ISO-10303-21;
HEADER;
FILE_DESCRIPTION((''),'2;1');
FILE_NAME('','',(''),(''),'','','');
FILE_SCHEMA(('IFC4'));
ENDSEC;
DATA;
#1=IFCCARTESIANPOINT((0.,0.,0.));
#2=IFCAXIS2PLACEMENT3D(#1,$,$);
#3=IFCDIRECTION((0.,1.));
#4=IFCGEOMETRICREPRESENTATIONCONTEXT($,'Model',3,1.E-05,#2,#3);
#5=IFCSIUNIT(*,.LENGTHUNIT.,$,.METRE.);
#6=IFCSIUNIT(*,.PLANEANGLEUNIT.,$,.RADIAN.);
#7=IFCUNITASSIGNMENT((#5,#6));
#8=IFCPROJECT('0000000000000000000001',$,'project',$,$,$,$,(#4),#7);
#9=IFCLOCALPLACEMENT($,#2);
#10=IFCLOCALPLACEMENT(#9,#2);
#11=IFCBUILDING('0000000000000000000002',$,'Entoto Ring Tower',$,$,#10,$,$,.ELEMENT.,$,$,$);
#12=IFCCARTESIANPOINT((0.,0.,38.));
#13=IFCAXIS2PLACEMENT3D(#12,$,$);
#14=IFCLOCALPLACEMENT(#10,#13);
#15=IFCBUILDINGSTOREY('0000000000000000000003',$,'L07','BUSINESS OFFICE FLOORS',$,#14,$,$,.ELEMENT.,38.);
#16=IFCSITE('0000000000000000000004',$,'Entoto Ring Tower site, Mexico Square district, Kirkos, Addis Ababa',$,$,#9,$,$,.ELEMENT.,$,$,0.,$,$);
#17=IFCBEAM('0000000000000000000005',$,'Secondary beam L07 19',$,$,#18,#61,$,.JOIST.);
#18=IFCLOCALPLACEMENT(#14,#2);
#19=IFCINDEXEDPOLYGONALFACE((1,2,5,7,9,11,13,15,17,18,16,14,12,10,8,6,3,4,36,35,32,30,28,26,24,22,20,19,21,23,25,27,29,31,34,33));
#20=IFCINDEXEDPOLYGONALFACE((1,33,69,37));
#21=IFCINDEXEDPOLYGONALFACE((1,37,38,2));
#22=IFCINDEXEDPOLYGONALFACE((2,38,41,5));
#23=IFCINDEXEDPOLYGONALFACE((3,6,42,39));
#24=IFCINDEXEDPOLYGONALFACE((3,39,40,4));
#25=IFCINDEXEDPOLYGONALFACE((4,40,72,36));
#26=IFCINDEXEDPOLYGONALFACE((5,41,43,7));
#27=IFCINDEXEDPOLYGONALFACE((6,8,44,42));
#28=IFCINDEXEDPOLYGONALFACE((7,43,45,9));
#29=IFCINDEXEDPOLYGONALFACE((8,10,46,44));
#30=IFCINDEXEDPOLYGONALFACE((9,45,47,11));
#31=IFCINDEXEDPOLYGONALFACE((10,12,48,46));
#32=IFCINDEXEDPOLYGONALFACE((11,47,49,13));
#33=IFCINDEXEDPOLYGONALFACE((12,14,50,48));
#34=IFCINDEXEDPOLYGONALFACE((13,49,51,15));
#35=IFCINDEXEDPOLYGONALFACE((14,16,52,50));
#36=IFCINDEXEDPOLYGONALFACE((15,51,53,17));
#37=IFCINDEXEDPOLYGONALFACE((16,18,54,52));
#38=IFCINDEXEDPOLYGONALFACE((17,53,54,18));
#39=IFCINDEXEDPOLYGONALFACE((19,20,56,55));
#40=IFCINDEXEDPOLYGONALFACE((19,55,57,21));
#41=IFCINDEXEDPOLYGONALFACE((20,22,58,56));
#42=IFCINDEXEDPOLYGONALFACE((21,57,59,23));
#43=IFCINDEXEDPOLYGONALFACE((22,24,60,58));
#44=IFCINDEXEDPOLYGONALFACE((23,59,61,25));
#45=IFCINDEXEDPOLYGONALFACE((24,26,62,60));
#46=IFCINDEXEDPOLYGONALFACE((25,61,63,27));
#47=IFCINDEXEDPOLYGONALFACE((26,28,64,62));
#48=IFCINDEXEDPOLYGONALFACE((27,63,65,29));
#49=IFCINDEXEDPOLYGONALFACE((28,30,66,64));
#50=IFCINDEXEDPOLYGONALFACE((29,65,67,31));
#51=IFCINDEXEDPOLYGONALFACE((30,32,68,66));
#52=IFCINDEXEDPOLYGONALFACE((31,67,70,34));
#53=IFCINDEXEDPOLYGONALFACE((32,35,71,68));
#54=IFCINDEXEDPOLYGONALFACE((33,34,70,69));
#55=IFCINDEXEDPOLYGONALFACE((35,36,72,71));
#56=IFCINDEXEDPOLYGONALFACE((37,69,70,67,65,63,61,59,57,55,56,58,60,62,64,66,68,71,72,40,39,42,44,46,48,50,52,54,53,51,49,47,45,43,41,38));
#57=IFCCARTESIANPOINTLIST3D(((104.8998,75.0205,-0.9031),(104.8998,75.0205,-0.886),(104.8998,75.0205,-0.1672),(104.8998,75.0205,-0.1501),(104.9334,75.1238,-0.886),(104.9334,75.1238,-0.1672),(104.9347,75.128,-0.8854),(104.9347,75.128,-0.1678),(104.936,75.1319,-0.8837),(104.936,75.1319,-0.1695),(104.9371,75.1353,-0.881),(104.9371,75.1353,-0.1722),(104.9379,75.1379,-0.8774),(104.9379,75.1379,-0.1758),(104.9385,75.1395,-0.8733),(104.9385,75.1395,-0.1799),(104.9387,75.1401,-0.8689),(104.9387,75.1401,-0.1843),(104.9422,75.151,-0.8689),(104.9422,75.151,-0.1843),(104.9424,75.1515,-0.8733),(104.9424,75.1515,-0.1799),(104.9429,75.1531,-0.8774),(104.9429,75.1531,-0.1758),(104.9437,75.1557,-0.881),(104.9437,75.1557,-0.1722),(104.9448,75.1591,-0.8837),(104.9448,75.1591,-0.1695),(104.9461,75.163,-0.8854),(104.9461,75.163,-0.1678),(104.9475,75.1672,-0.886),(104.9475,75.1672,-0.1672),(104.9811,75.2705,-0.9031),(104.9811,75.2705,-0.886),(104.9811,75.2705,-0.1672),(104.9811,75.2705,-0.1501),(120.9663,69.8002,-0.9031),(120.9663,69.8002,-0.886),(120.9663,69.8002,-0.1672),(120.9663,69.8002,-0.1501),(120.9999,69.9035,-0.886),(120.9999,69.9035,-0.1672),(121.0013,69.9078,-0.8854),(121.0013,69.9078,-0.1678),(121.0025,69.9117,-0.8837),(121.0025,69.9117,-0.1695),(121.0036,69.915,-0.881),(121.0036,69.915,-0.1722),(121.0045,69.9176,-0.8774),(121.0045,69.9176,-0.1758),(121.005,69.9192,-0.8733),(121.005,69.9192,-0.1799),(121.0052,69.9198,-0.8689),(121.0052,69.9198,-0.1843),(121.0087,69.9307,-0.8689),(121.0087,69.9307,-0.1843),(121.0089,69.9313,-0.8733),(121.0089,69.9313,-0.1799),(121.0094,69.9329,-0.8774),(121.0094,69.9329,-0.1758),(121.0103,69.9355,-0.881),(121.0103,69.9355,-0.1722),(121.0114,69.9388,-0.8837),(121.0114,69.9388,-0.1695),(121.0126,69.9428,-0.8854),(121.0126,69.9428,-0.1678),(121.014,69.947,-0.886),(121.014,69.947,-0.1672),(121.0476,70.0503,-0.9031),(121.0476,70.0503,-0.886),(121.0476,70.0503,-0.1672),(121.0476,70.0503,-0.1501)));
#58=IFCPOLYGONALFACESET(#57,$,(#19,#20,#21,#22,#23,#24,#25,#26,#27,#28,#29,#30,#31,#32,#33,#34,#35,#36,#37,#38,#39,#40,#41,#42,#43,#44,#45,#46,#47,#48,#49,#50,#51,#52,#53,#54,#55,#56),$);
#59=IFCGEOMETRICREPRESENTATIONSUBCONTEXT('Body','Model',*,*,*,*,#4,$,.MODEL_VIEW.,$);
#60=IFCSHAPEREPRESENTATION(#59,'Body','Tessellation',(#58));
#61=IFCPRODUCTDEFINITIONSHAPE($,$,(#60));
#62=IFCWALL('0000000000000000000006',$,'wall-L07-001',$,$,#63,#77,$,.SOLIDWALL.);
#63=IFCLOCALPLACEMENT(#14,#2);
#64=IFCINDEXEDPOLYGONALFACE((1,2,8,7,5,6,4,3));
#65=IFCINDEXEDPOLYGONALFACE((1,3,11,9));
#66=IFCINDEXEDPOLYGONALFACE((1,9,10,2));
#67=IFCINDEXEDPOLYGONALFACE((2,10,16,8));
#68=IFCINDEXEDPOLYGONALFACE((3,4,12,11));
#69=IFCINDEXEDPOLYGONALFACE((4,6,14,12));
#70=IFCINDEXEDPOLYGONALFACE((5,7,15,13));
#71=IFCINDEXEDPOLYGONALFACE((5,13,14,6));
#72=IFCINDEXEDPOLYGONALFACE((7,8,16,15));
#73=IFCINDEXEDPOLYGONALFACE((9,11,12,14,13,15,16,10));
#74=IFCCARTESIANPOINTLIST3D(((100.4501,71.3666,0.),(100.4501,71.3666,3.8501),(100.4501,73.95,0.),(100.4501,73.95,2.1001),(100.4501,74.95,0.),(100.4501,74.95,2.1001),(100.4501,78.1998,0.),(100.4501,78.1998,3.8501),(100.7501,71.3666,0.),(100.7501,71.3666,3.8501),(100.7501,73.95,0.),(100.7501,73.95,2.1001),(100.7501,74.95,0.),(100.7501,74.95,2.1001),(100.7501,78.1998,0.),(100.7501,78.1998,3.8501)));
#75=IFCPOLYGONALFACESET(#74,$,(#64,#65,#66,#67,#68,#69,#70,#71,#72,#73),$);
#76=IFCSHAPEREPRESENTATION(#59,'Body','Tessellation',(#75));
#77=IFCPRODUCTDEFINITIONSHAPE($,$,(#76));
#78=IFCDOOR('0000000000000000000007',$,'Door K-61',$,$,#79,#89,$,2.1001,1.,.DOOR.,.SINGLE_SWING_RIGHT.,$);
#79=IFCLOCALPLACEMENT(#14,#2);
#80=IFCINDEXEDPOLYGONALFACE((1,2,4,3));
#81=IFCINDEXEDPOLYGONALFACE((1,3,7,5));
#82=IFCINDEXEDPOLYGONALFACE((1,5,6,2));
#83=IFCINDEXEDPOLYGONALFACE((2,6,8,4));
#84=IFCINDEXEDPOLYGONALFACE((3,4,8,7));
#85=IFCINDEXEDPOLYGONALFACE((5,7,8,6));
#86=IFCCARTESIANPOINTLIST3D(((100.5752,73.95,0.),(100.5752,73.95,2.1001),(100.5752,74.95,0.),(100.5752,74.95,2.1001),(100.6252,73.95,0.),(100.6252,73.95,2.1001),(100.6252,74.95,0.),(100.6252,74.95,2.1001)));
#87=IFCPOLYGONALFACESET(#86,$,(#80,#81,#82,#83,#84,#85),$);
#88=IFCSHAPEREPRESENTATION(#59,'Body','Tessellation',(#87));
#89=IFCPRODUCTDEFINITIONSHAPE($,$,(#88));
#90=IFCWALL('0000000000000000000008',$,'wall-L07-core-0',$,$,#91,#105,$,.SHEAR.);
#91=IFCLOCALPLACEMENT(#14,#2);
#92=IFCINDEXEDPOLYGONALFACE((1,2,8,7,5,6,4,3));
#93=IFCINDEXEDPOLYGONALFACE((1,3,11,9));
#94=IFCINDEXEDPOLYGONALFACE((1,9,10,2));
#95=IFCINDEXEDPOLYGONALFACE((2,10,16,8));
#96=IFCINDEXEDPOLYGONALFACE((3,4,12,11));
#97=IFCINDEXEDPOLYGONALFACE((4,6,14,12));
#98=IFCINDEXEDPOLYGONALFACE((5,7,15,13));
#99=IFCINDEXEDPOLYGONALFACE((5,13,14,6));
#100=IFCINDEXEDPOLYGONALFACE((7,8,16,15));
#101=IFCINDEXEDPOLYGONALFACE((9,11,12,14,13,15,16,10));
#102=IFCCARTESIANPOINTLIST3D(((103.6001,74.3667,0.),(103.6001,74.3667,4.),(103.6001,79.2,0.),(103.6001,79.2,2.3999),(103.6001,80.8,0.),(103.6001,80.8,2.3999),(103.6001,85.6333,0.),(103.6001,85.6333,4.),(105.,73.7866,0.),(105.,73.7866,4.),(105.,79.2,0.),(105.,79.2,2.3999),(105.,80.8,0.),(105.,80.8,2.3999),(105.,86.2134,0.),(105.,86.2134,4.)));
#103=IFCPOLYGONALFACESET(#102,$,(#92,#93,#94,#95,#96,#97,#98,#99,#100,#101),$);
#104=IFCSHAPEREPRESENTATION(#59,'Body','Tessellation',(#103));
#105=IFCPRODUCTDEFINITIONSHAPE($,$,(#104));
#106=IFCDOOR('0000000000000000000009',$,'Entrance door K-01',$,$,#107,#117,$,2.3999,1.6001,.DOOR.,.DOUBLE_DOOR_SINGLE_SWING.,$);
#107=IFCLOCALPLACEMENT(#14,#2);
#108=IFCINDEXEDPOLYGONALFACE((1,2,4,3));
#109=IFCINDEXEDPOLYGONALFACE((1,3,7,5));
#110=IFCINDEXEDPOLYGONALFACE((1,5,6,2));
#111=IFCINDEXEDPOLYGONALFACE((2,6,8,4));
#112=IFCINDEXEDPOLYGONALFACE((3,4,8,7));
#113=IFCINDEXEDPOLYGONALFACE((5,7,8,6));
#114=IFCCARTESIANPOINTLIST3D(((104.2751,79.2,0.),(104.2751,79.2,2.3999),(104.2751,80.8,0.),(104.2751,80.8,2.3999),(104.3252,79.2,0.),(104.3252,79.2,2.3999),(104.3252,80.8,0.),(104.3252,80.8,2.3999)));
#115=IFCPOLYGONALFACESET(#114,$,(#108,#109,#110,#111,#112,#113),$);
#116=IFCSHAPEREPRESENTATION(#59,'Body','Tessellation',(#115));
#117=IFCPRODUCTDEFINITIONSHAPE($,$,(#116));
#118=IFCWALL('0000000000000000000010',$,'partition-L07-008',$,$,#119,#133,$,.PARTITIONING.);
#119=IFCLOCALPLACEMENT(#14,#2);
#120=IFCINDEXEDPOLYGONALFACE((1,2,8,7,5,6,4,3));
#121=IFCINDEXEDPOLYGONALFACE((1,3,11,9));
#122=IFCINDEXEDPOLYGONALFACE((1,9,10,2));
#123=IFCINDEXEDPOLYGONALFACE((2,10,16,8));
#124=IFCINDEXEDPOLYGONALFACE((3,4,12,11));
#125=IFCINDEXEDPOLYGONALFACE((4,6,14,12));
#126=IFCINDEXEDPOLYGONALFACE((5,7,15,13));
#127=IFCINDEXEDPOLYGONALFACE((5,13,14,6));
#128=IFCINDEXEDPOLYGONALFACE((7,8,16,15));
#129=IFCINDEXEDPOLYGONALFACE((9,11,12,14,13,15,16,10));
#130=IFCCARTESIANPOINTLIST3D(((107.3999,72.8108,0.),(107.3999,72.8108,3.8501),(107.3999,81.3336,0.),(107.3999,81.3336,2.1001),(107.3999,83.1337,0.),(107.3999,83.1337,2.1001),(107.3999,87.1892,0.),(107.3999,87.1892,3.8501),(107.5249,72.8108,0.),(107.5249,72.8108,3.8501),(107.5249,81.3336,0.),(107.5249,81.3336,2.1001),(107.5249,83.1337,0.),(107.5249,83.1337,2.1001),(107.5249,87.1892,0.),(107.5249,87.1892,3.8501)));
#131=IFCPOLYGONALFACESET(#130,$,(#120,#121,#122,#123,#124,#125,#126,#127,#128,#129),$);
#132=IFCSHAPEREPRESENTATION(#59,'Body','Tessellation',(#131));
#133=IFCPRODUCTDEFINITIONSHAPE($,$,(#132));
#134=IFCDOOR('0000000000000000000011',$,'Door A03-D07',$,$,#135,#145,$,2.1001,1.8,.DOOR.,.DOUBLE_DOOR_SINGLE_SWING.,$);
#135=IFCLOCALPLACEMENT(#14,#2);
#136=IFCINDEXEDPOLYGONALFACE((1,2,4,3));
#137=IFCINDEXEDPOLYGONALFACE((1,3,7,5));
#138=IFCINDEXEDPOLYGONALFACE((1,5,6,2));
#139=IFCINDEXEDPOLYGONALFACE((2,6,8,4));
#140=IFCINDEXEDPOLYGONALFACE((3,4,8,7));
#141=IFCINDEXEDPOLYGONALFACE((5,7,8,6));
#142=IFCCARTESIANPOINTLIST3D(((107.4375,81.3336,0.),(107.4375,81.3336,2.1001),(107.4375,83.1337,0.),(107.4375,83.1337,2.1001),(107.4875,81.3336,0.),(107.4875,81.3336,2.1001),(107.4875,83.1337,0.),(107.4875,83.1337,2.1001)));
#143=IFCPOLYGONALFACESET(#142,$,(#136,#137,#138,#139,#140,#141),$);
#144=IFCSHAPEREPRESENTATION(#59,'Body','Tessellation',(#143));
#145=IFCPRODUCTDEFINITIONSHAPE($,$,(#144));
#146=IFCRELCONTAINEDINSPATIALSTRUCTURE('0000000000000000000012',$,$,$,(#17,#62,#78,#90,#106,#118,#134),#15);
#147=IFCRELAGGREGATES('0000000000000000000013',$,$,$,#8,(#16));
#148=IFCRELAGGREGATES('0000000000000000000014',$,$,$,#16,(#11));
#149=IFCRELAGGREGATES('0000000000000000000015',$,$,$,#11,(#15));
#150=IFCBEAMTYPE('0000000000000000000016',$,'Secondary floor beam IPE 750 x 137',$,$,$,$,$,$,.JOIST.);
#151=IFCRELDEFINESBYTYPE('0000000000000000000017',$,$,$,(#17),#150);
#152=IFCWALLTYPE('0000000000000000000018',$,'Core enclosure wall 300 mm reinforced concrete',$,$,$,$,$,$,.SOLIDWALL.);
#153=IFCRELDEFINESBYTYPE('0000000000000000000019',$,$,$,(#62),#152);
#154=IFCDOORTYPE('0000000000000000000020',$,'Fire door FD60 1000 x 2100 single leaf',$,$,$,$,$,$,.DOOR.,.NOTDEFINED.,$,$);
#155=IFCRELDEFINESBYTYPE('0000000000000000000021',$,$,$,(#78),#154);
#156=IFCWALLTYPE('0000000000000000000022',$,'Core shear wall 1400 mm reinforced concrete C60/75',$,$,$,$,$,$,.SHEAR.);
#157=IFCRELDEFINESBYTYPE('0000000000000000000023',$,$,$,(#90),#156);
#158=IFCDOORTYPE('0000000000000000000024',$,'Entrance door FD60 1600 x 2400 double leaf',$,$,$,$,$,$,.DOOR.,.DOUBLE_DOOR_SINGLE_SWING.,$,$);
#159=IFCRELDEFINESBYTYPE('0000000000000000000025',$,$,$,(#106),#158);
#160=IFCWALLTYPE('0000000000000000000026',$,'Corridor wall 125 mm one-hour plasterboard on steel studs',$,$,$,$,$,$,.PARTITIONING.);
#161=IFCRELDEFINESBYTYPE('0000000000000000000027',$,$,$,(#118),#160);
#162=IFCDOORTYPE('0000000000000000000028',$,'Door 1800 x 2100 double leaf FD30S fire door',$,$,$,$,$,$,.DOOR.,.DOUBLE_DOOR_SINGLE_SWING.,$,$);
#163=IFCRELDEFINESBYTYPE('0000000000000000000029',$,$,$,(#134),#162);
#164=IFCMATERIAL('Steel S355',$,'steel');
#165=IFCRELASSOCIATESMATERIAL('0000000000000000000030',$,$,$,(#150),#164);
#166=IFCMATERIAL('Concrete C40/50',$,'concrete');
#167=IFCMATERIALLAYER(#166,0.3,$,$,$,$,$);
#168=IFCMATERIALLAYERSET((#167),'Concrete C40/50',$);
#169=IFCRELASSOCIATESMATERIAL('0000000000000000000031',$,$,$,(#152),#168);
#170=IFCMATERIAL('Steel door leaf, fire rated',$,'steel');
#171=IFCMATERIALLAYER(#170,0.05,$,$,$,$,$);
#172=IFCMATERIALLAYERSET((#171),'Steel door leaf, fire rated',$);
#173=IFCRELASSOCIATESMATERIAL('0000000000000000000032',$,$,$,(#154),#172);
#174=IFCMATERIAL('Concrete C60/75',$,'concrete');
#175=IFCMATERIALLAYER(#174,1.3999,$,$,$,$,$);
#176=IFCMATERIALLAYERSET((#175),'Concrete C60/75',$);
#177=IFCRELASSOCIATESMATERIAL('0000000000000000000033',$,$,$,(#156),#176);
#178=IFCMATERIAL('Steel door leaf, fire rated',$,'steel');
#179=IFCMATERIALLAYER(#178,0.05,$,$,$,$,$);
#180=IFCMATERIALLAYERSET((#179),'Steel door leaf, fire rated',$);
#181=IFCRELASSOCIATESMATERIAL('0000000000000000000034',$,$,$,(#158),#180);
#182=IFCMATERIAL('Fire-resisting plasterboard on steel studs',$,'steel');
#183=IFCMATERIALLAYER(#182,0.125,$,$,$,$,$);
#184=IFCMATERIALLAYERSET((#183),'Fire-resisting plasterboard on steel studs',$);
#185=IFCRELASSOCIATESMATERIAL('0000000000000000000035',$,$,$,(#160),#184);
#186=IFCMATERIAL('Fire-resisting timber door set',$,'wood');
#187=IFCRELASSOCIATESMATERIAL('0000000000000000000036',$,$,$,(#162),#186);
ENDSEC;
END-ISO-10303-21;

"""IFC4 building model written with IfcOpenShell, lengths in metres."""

from ifc_helpers import new_model, si_unit, direction, frame, frame_2d, origin, origin_2d, place, context, subcontext, project, spatial, polyline, rectangle, i_section, outline, extrude, material, layer, layer_set, material_profile, profile_set, type_object, element, fill, save


model = new_model("IFC4")

# Units and contexts
model_context = context("Model", 3, precision=1e-05, world=origin(), true_north=direction((0.0, 1.0)))
body_context = subcontext(model_context, "Body", "Model", "MODEL_VIEW")
ifc_project = project(units=[si_unit("LENGTHUNIT", "METRE"), si_unit("PLANEANGLEUNIT", "RADIAN")], contexts=[model_context])

# Site, building, storey
site_placement = place(None, origin())
site = spatial("IfcSite", under=ifc_project, at=site_placement, Name="Entoto Ring Tower site, Mexico Square district, Kirkos, Addis Ababa", CompositionType="ELEMENT", RefElevation=0.0)
building_placement = place(site_placement, origin())
building = spatial("IfcBuilding", under=site, at=building_placement, Name="Entoto Ring Tower", CompositionType="ELEMENT")
storey_placement = place(building_placement, frame((0.0, 0.0, 38.0)))
storey = spatial("IfcBuildingStorey", under=building, at=storey_placement, Name="L07", Description="BUSINESS OFFICE FLOORS", CompositionType="ELEMENT", Elevation=38.0)

# Beam
ifc_material_1 = material(Name="Steel S355", Category="steel")
ifc_material_profile_1 = material_profile(ifc_material_1, i_section(OverallWidth=0.2629, OverallDepth=0.7529, WebThickness=0.0115, FlangeThickness=0.0171, FilletRadius=0.0171, at=origin_2d()), Name="IPE 750 x 137")
ifc_profile_set_1 = profile_set([ifc_material_profile_1], Name="Steel S355")
beam_type_1 = type_object("IfcBeamType", Name="Secondary floor beam IPE 750 x 137", PredefinedType="JOIST", material=ifc_profile_set_1)
beam_1_placement = place(storey_placement, frame((104.9404, 75.1455, -0.5266), z_axis=(0.951058, -0.309013, 0.0), x_axis=(0.309013, 0.951058, 0.0)))
element("IfcBeam", 1, at=beam_1_placement, inside=storey, type_object=beam_type_1, Name="Secondary beam L07 19", PredefinedType="JOIST", context=body_context, shape_type="SweptSolid", body=[
    extrude(i_section(OverallWidth=0.2629, OverallDepth=0.7529, WebThickness=0.0115, FlangeThickness=0.0171, FilletRadius=0.0171, at=origin_2d()), origin(), (0.0, 0.0, 1.0), 16.8933),
])

# Walls, openings, doors
ifc_material_2 = material(Name="Concrete C40/50", Category="concrete")
ifc_layer_1 = layer(ifc_material_2, 0.3)
ifc_layer_set_1 = layer_set([ifc_layer_1], Name="Concrete C40/50")
wall_type_1 = type_object("IfcWallType", Name="Core enclosure wall 300 mm reinforced concrete", PredefinedType="SOLIDWALL", material=ifc_layer_set_1)
wall_1_placement = place(storey_placement, frame((100.6001, 71.3667, 0.0), z_axis=(0.0, 0.0, 1.0), x_axis=(0.0, 1.0, 0.0)))
wall_1 = element("IfcWall", 2, at=wall_1_placement, inside=storey, type_object=wall_type_1, Name="wall-L07-001", PredefinedType="SOLIDWALL", context=body_context, shape_type="SweptSolid", body=[
    extrude(rectangle(XDim=6.8333, YDim=0.3, at=frame_2d((3.4165, 0.0))), origin(), (0.0, 0.0, 1.0), 3.8501),
])
opening_1_placement = place(wall_1_placement, frame((2.5833, 0.0, 0.0)))
opening_1 = element("IfcOpeningElement", 3, at=opening_1_placement, cuts=wall_1, PredefinedType="OPENING", context=body_context, shape_type="SweptSolid", body=[
    extrude(rectangle(XDim=1.0, YDim=2.1001, at=frame_2d((0.5, 1.05))), frame((0.0, 0.1602, 0.0), z_axis=(0.0, -1.0, 0.0), x_axis=(1.0, 0.0, 0.0)), (0.0, 0.0, 1.0), 0.3201),
])
ifc_material_3 = material(Name="Steel door leaf, fire rated", Category="steel")
ifc_layer_2 = layer(ifc_material_3, 0.05)
ifc_layer_set_2 = layer_set([ifc_layer_2], Name="Steel door leaf, fire rated")
door_type_1 = type_object("IfcDoorType", Name="Fire door FD60 1000 x 2100 single leaf", OperationType="NOTDEFINED", PredefinedType="DOOR", material=ifc_layer_set_2)
door_1_placement = place(opening_1_placement, origin())
door_1 = element("IfcDoor", 4, at=door_1_placement, inside=storey, type_object=door_type_1, Name="Door K-61", OperationType="SINGLE_SWING_RIGHT", OverallHeight=2.1001, OverallWidth=1.0, PredefinedType="DOOR", context=body_context, shape_type="SweptSolid", body=[
    extrude(rectangle(XDim=1.0, YDim=2.1001, at=frame_2d((0.5, 1.05))), frame((0.0, 0.0249, 0.0), z_axis=(0.0, -1.0, 0.0), x_axis=(1.0, 0.0, 0.0)), (0.0, 0.0, 1.0), 0.05),
])
fill(opening_1, door_1)
ifc_material_4 = material(Name="Concrete C60/75", Category="concrete")
ifc_layer_3 = layer(ifc_material_4, 1.3999)
ifc_layer_set_3 = layer_set([ifc_layer_3], Name="Concrete C60/75")
wall_type_2 = type_object("IfcWallType", Name="Core shear wall 1400 mm reinforced concrete C60/75", PredefinedType="SHEAR", material=ifc_layer_set_3)
wall_2_placement = place(storey_placement, frame((104.3, 74.0767, 0.0), z_axis=(0.0, 0.0, 1.0), x_axis=(0.0, 1.0, 0.0)))
wall_2 = element("IfcWall", 5, at=wall_2_placement, inside=storey, type_object=wall_type_2, Name="wall-L07-core-0", PredefinedType="SHEAR", context=body_context, shape_type="SweptSolid", body=[
    extrude(outline(polyline([(-0.29, -0.7), (12.1367, -0.7), (11.5566, 0.7), (0.29, 0.7), (-0.29, -0.7)])), origin(), (0.0, 0.0, 1.0), 4.0),
])
opening_2_placement = place(wall_2_placement, frame((5.1233, 0.0, 0.0)))
opening_2 = element("IfcOpeningElement", 6, at=opening_2_placement, cuts=wall_2, PredefinedType="OPENING", context=body_context, shape_type="SweptSolid", body=[
    extrude(rectangle(XDim=1.6001, YDim=2.3999, at=frame_2d((0.8, 1.2))), frame((0.0, 0.71, 0.0), z_axis=(0.0, -1.0, 0.0), x_axis=(1.0, 0.0, 0.0)), (0.0, 0.0, 1.0), 1.4199),
])
ifc_material_5 = material(Name="Steel door leaf, fire rated", Category="steel")
ifc_layer_4 = layer(ifc_material_5, 0.05)
ifc_layer_set_4 = layer_set([ifc_layer_4], Name="Steel door leaf, fire rated")
door_type_2 = type_object("IfcDoorType", Name="Entrance door FD60 1600 x 2400 double leaf", OperationType="DOUBLE_DOOR_SINGLE_SWING", PredefinedType="DOOR", material=ifc_layer_set_4)
door_2_placement = place(opening_2_placement, origin())
door_2 = element("IfcDoor", 7, at=door_2_placement, inside=storey, type_object=door_type_2, Name="Entrance door K-01", OperationType="DOUBLE_DOOR_SINGLE_SWING", OverallHeight=2.3999, OverallWidth=1.6001, PredefinedType="DOOR", context=body_context, shape_type="SweptSolid", body=[
    extrude(rectangle(XDim=1.6001, YDim=2.3999, at=frame_2d((0.8, 1.2))), frame((0.0, 0.0249, 0.0), z_axis=(0.0, -1.0, 0.0), x_axis=(1.0, 0.0, 0.0)), (0.0, 0.0, 1.0), 0.05),
])
fill(opening_2, door_2)
ifc_material_6 = material(Name="Fire-resisting plasterboard on steel studs", Category="steel")
ifc_layer_5 = layer(ifc_material_6, 0.125)
ifc_layer_set_5 = layer_set([ifc_layer_5], Name="Fire-resisting plasterboard on steel studs")
wall_type_3 = type_object("IfcWallType", Name="Corridor wall 125 mm one-hour plasterboard on steel studs", PredefinedType="PARTITIONING", material=ifc_layer_set_5)
wall_3_placement = place(storey_placement, frame((107.4624, 72.8108, 0.0), z_axis=(0.0, 0.0, 1.0), x_axis=(0.0, 1.0, 0.0)))
wall_3 = element("IfcWall", 8, at=wall_3_placement, inside=storey, type_object=wall_type_3, Name="partition-L07-008", PredefinedType="PARTITIONING", context=body_context, shape_type="SweptSolid", body=[
    extrude(rectangle(XDim=14.3784, YDim=0.125, at=frame_2d((7.1892, 0.0))), origin(), (0.0, 0.0, 1.0), 3.8501),
])
opening_3_placement = place(wall_3_placement, frame((8.5229, 0.0, 0.0)))
opening_3 = element("IfcOpeningElement", 9, at=opening_3_placement, cuts=wall_3, PredefinedType="OPENING", context=body_context, shape_type="SweptSolid", body=[
    extrude(rectangle(XDim=1.8, YDim=2.1001, at=frame_2d((0.8999, 1.05))), frame((0.0, 0.0725, 0.0), z_axis=(0.0, -1.0, 0.0), x_axis=(1.0, 0.0, 0.0)), (0.0, 0.0, 1.0), 0.145),
])
ifc_material_7 = material(Name="Fire-resisting timber door set", Category="wood")
door_type_3 = type_object("IfcDoorType", Name="Door 1800 x 2100 double leaf FD30S fire door", OperationType="DOUBLE_DOOR_SINGLE_SWING", PredefinedType="DOOR", material=ifc_material_7)
door_3_placement = place(opening_3_placement, origin())
door_3 = element("IfcDoor", 10, at=door_3_placement, inside=storey, type_object=door_type_3, Name="Door A03-D07", OperationType="DOUBLE_DOOR_SINGLE_SWING", OverallHeight=2.1001, OverallWidth=1.8, PredefinedType="DOOR", context=body_context, shape_type="SweptSolid", body=[
    extrude(rectangle(XDim=1.8, YDim=2.1001, at=frame_2d((0.8999, 1.05))), frame((0.0, 0.0249, 0.0), z_axis=(0.0, -1.0, 0.0), x_axis=(1.0, 0.0, 0.0)), (0.0, 0.0, 1.0), 0.05),
])
fill(opening_3, door_3)

save(model, "model.ifc")
